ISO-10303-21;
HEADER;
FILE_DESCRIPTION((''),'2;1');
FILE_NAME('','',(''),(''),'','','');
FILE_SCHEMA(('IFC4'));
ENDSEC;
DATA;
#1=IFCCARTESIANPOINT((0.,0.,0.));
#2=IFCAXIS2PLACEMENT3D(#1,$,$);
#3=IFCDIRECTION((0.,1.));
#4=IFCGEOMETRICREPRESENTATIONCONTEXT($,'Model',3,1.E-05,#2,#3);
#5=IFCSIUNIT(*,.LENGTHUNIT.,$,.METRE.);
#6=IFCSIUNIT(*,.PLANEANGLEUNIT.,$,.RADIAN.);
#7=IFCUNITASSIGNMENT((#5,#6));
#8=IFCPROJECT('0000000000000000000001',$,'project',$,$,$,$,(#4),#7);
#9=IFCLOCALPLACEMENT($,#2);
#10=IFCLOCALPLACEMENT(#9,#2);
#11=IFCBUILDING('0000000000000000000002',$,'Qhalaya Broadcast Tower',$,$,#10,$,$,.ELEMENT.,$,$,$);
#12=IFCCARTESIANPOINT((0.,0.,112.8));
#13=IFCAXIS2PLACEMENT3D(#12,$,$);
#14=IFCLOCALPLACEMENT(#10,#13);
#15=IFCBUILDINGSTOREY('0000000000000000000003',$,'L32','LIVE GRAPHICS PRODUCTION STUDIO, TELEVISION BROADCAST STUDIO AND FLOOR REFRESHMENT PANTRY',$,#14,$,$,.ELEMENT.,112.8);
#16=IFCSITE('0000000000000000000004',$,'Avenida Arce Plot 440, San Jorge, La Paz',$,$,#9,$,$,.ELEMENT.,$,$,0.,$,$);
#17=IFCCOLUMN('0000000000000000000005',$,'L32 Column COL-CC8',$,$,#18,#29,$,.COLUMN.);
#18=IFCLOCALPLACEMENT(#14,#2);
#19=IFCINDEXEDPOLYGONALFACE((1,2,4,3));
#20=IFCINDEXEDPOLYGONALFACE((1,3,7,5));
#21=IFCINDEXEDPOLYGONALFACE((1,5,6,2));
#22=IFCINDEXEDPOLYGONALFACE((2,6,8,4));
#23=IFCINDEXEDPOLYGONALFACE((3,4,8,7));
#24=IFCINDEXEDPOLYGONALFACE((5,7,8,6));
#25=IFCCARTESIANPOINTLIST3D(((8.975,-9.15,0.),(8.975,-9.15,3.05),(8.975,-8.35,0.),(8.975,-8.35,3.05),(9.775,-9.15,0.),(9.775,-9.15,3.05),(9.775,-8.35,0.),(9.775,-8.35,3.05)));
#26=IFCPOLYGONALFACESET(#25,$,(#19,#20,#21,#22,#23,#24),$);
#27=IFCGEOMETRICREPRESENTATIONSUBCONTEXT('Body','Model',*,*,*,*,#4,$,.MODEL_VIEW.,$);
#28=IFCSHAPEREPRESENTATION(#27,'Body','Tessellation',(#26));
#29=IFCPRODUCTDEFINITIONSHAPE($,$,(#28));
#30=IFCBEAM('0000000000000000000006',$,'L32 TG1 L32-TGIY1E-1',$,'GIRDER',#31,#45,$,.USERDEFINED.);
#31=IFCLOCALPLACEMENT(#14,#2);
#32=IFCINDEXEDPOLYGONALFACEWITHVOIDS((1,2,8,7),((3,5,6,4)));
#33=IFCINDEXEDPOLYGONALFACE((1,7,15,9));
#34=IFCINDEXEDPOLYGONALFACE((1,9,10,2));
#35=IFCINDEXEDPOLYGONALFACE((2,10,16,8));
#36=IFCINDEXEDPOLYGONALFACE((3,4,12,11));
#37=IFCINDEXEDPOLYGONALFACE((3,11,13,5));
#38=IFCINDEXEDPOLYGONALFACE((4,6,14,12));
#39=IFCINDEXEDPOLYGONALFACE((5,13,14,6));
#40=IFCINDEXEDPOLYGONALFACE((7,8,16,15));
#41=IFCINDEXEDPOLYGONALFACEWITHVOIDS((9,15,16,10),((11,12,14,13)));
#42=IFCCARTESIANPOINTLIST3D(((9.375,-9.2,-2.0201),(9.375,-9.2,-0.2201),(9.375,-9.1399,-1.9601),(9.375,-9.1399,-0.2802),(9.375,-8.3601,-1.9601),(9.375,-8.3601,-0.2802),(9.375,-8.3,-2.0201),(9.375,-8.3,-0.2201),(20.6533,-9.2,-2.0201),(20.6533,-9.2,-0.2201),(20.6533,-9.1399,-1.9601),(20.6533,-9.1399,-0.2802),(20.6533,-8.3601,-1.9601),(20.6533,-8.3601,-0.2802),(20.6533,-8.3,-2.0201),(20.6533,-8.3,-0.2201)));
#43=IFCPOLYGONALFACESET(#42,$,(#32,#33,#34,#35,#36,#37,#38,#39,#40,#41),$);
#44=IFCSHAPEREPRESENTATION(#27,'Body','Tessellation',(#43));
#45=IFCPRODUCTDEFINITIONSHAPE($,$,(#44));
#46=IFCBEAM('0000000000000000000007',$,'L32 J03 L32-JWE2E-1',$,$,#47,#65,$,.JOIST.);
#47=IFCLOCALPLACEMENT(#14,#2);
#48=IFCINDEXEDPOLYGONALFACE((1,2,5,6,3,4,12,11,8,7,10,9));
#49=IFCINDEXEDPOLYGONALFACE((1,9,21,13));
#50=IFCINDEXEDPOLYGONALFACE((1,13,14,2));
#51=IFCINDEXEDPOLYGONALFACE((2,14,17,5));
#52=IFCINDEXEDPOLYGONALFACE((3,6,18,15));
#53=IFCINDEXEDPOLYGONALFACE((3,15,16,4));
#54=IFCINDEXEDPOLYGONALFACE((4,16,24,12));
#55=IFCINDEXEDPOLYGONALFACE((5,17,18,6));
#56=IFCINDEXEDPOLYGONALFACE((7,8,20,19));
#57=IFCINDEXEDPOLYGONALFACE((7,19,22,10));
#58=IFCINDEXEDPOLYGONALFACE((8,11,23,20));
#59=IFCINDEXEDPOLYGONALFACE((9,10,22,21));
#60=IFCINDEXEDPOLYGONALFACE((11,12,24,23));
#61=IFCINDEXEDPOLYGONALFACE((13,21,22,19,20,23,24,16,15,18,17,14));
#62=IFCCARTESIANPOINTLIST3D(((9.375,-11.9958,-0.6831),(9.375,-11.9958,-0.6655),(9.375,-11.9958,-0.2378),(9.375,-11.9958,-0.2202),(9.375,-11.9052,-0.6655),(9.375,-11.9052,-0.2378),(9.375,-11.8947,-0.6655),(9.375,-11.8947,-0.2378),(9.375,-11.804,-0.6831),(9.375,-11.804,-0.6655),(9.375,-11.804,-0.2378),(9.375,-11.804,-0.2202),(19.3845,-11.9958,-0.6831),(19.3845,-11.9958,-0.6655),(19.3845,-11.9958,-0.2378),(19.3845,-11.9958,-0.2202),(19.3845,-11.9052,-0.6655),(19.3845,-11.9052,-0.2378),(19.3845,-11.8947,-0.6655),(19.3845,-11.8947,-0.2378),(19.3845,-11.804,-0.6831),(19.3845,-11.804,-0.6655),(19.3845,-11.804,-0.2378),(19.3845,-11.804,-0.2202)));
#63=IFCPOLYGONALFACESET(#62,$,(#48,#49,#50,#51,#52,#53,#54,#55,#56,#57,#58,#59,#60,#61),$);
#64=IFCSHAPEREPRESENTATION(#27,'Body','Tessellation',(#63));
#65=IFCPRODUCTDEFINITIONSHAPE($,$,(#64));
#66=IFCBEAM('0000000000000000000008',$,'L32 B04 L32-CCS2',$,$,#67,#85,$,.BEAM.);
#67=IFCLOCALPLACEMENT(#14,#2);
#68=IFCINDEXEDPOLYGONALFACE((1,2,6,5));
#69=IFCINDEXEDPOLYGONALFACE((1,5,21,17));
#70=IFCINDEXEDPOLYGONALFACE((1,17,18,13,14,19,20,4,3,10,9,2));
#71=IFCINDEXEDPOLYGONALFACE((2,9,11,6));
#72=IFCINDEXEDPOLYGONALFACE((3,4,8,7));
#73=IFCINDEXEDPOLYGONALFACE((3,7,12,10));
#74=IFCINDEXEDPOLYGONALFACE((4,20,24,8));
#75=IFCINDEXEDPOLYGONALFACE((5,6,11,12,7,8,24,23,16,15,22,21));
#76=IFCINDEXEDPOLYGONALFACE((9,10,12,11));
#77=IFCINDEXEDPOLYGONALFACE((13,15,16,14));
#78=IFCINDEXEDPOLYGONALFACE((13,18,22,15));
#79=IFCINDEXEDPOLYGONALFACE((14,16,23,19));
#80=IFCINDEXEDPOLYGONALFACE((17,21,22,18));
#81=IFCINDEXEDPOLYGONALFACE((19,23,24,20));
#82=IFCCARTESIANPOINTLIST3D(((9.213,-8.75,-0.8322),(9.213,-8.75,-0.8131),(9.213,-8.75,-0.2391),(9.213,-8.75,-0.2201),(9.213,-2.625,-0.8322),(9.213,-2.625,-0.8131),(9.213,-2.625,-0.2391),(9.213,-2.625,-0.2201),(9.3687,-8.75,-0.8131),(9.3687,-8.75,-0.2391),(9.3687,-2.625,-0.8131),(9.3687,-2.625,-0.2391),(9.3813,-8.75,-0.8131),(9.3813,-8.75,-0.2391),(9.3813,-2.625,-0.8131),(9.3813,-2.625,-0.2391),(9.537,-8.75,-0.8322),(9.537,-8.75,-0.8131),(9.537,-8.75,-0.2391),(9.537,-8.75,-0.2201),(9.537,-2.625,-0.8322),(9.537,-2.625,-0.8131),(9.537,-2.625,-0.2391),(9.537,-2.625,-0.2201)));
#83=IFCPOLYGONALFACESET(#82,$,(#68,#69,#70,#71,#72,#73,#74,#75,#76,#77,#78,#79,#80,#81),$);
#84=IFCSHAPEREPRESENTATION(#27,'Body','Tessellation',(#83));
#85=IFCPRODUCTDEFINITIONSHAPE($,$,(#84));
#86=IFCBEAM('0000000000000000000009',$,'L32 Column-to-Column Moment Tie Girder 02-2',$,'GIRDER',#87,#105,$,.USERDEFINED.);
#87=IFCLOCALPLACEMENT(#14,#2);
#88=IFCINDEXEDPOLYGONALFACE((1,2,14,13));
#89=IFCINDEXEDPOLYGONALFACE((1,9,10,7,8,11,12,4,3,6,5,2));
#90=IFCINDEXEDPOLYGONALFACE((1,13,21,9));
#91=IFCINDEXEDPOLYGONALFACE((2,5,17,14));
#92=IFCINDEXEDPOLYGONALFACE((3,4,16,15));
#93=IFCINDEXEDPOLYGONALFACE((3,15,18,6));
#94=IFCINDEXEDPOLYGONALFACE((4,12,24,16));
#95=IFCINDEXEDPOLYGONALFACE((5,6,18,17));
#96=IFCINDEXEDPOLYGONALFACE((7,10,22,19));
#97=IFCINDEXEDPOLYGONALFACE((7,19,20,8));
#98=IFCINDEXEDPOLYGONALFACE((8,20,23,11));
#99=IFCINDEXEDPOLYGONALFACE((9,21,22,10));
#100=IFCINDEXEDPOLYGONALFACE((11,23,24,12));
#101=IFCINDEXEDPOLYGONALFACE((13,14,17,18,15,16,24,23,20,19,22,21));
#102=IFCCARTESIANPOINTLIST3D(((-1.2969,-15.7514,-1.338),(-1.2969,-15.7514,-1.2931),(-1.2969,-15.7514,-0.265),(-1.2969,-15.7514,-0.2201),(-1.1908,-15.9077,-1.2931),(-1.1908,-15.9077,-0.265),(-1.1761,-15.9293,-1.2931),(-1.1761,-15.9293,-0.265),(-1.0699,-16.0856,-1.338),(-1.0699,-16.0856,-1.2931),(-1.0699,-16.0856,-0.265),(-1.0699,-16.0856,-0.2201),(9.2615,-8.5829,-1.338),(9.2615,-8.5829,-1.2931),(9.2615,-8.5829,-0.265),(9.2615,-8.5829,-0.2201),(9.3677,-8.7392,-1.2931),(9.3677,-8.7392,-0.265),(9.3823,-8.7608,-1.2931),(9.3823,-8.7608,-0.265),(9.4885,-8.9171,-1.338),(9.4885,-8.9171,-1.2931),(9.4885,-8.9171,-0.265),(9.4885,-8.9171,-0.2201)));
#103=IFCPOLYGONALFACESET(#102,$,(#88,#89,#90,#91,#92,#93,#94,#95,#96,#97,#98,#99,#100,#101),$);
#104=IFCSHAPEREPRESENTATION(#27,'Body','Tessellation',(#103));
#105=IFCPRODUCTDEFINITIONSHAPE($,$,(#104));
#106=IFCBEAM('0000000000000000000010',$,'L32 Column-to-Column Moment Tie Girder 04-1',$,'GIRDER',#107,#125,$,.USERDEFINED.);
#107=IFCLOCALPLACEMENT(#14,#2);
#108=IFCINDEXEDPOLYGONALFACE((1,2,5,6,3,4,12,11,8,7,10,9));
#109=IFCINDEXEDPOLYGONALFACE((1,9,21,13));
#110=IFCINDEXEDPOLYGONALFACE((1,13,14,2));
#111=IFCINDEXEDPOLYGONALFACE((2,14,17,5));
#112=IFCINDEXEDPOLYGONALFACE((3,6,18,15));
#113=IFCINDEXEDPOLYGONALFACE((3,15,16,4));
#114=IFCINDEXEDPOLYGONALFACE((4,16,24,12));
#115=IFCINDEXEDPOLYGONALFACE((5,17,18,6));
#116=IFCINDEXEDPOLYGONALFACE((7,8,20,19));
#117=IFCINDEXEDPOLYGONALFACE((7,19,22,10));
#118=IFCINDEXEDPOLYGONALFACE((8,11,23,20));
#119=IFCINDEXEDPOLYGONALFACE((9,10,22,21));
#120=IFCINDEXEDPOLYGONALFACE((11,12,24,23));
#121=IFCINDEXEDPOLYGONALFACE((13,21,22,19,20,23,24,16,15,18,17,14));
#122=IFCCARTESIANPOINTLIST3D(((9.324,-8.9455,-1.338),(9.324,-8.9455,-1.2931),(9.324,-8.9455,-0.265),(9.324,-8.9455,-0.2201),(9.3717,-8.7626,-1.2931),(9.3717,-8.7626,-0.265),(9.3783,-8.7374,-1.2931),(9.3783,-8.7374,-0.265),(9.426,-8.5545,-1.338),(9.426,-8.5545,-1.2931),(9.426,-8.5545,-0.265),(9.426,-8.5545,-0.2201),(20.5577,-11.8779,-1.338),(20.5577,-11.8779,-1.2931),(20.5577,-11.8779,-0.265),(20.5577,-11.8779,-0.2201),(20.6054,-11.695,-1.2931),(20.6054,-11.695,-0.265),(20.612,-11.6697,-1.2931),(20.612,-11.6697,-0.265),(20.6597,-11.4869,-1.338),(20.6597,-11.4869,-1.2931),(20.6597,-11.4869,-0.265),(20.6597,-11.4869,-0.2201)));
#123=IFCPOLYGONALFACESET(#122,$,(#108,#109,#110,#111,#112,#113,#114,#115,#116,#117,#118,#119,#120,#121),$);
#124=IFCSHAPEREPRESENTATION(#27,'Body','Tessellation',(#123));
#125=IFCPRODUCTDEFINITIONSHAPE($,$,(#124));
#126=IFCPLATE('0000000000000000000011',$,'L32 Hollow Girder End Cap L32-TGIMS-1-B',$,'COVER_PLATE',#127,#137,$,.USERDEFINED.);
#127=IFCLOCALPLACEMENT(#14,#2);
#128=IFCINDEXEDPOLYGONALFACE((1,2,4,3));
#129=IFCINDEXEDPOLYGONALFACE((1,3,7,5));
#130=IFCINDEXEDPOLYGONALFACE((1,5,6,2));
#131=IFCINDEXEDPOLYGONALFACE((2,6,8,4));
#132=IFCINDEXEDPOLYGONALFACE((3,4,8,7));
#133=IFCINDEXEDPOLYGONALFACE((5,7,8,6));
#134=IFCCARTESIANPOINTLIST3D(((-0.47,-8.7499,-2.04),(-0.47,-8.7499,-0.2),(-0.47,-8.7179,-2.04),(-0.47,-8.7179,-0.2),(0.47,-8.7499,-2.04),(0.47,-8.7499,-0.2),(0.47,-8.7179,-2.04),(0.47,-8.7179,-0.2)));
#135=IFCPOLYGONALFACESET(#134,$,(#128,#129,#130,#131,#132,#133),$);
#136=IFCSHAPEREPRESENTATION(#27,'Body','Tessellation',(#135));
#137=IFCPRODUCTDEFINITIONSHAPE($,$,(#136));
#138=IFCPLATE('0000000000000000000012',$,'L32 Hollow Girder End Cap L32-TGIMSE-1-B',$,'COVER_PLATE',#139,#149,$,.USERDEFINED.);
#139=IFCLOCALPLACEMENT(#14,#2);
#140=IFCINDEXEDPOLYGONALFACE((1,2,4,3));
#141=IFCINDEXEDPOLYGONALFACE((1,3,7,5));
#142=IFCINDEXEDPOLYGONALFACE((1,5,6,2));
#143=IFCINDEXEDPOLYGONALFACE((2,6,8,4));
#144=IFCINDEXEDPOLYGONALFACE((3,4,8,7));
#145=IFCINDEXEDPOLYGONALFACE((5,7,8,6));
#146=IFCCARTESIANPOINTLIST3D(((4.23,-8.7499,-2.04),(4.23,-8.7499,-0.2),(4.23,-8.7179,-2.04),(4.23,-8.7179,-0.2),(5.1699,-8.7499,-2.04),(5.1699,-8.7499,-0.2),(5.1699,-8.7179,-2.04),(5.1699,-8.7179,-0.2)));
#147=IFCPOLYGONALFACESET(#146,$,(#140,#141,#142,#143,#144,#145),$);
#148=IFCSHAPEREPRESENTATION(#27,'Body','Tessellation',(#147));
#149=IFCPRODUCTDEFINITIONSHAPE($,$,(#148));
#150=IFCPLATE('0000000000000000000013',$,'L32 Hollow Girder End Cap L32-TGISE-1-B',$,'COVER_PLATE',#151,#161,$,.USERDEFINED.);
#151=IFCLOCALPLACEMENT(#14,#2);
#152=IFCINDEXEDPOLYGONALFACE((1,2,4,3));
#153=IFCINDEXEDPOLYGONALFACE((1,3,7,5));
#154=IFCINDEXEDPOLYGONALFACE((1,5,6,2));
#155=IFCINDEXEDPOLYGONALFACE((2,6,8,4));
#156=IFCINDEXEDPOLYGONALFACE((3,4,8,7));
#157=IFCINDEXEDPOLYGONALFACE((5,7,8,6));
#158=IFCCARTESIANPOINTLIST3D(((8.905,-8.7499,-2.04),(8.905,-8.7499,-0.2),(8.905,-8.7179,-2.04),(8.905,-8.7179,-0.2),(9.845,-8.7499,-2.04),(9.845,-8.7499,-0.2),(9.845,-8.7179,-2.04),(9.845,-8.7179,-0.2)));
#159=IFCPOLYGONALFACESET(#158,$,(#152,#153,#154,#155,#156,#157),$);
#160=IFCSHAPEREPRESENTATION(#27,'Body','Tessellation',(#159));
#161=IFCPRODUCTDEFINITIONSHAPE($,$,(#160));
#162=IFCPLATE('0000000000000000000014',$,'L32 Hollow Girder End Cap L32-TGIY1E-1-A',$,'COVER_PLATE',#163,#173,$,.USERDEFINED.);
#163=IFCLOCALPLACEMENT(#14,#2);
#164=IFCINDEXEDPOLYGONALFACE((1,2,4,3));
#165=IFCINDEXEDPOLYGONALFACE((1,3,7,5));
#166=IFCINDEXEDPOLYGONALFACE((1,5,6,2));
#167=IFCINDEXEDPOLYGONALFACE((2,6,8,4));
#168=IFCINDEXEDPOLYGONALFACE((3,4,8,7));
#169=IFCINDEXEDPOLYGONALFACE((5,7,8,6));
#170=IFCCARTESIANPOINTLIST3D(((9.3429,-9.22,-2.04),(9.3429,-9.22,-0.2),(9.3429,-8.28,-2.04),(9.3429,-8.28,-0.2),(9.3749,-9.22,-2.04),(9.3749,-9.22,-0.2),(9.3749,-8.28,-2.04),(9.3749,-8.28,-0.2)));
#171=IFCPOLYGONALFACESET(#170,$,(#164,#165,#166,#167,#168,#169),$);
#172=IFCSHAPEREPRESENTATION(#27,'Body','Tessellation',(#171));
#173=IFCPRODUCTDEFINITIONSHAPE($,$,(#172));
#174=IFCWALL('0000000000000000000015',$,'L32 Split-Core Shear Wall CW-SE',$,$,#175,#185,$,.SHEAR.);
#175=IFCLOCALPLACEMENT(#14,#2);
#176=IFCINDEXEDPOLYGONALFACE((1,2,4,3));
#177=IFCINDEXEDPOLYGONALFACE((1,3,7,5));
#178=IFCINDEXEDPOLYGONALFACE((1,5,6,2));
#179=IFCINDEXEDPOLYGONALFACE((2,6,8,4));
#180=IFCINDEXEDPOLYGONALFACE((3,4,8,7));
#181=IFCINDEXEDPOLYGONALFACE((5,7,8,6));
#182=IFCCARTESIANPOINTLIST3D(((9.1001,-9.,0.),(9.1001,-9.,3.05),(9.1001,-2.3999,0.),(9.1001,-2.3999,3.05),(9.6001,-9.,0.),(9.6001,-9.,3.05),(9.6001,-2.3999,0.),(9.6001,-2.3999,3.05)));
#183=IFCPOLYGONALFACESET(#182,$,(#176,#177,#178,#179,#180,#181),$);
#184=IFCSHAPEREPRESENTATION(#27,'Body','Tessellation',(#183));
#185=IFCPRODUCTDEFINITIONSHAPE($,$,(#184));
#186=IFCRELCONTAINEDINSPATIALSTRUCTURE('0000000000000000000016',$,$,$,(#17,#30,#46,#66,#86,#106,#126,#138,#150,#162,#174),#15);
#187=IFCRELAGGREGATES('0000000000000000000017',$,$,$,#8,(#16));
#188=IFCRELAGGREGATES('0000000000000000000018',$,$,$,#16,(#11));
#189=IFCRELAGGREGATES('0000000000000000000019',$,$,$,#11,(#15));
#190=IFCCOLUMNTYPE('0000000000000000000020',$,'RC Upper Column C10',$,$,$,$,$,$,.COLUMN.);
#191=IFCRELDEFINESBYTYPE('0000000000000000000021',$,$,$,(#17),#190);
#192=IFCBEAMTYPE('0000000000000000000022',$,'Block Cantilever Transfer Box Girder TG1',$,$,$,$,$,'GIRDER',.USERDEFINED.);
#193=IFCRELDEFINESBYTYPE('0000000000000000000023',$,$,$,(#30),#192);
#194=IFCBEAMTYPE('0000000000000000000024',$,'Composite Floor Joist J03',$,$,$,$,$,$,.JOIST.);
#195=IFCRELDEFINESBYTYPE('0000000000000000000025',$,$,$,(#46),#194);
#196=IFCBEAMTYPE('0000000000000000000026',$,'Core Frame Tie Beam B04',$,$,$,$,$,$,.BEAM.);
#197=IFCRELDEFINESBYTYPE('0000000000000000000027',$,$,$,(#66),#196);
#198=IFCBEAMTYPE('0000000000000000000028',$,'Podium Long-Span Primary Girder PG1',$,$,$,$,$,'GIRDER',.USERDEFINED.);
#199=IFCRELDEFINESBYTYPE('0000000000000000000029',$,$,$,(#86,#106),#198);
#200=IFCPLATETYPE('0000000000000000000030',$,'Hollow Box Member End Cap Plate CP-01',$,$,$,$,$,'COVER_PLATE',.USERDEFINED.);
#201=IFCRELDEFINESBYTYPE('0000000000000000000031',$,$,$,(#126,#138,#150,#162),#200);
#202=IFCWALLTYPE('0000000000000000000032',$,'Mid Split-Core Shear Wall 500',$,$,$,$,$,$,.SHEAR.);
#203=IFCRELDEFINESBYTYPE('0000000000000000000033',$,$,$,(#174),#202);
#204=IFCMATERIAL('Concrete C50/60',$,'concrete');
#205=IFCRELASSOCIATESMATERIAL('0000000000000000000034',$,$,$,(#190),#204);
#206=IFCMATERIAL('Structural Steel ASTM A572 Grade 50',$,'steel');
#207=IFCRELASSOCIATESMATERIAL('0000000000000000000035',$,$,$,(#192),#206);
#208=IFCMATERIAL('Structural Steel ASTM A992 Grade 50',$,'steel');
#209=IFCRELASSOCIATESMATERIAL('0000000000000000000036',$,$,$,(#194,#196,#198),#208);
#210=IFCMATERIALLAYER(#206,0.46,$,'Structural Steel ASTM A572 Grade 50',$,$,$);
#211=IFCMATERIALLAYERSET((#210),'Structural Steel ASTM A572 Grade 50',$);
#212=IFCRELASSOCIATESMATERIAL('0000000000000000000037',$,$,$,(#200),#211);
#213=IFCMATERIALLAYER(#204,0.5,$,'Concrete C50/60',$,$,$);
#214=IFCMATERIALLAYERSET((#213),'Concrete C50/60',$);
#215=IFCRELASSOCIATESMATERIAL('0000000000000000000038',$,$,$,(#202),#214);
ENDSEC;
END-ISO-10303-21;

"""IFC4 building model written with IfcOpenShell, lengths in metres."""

from ifc_helpers import new_model, si_unit, direction, frame, frame_2d, origin, origin_2d, place, context, subcontext, project, spatial, rectangle, hollow_rectangle, i_section, extrude, material, layer, layer_set, material_profile, profile_set, type_object, element, save


model = new_model("IFC4")

# Units and contexts
model_context = context("Model", 3, precision=1e-05, world=origin(), true_north=direction((0.0, 1.0)))
body_context = subcontext(model_context, "Body", "Model", "MODEL_VIEW")
ifc_project = project(units=[si_unit("LENGTHUNIT", "METRE"), si_unit("PLANEANGLEUNIT", "RADIAN")], contexts=[model_context])

# Site, building, storey
site_placement = place(None, origin())
site = spatial("IfcSite", under=ifc_project, at=site_placement, Name="Avenida Arce Plot 440, San Jorge, La Paz", CompositionType="ELEMENT", RefElevation=0.0)
building_placement = place(site_placement, origin())
building = spatial("IfcBuilding", under=site, at=building_placement, Name="Qhalaya Broadcast Tower", CompositionType="ELEMENT")
storey_placement = place(building_placement, frame((0.0, 0.0, 112.8)))
storey = spatial("IfcBuildingStorey", under=building, at=storey_placement, Name="L32", Description="LIVE GRAPHICS PRODUCTION STUDIO, TELEVISION BROADCAST STUDIO AND FLOOR REFRESHMENT PANTRY", CompositionType="ELEMENT", Elevation=112.8)

# Column
ifc_material_1 = material(Name="Concrete C50/60", Category="concrete")
ifc_material_profile_1 = material_profile(ifc_material_1, rectangle(XDim=0.8, YDim=0.8, at=origin_2d()), Name="RC-COL 800x800")
ifc_profile_set_1 = profile_set([ifc_material_profile_1], Name="Concrete C50/60")
column_type = type_object("IfcColumnType", Name="RC Upper Column C10", PredefinedType="COLUMN", material=ifc_profile_set_1)
column_placement = place(storey_placement, frame((9.375, -8.75, 0.0), z_axis=(0.0, 0.0, 1.0), x_axis=(1.0, 0.0, 0.0)))
element("IfcColumn", 1, at=column_placement, inside=storey, type_object=column_type, Name="L32 Column COL-CC8", PredefinedType="COLUMN", context=body_context, shape_type="SweptSolid", body=[
    extrude(rectangle(XDim=0.8, YDim=0.8, at=origin_2d()), origin(), (0.0, 0.0, 1.0), 3.05),
])

# Beams
ifc_material_2 = material(Name="Structural Steel ASTM A572 Grade 50", Category="steel")
ifc_material_profile_2 = material_profile(ifc_material_2, hollow_rectangle(XDim=0.8999, YDim=1.8, WallThickness=0.0601, at=origin_2d()), Name="BOX 900x1800x60")
ifc_profile_set_2 = profile_set([ifc_material_profile_2], Name="Structural Steel ASTM A572 Grade 50")
beam_type_1 = type_object("IfcBeamType", Name="Block Cantilever Transfer Box Girder TG1", ElementType="GIRDER", PredefinedType="USERDEFINED", material=ifc_profile_set_2)
beam_1_placement = place(storey_placement, frame((9.375, -8.75, -1.1201), z_axis=(1.0, 0.0, 0.0), x_axis=(0.0, 1.0, 0.0)))
element("IfcBeam", 2, at=beam_1_placement, inside=storey, type_object=beam_type_1, Name="L32 TG1 L32-TGIY1E-1", ObjectType="GIRDER", PredefinedType="USERDEFINED", context=body_context, shape_type="SweptSolid", body=[
    extrude(hollow_rectangle(XDim=0.8999, YDim=1.8, WallThickness=0.0601, at=origin_2d()), origin(), (0.0, 0.0, 1.0), 11.2783),
])
ifc_material_3 = material(Name="Structural Steel ASTM A992 Grade 50", Category="steel")
ifc_material_profile_3 = material_profile(ifc_material_3, i_section(OverallWidth=0.1919, OverallDepth=0.4629, WebThickness=0.0105, FlangeThickness=0.0176, at=origin_2d()), Name="W18X60")
ifc_profile_set_3 = profile_set([ifc_material_profile_3], Name="Structural Steel ASTM A992 Grade 50")
beam_type_2 = type_object("IfcBeamType", Name="Composite Floor Joist J03", PredefinedType="JOIST", material=ifc_profile_set_3)
beam_2_placement = place(storey_placement, frame((9.375, -11.8999, -0.4517), z_axis=(1.0, 0.0, 0.0), x_axis=(0.0, 1.0, 0.0)))
element("IfcBeam", 3, at=beam_2_placement, inside=storey, type_object=beam_type_2, Name="L32 J03 L32-JWE2E-1", PredefinedType="JOIST", context=body_context, shape_type="SweptSolid", body=[
    extrude(i_section(OverallWidth=0.1919, OverallDepth=0.4629, WebThickness=0.0105, FlangeThickness=0.0176, at=origin_2d()), origin(), (0.0, 0.0, 1.0), 10.0095),
])
ifc_material_profile_4 = material_profile(ifc_material_3, i_section(OverallWidth=0.324, OverallDepth=0.6121, WebThickness=0.0127, FlangeThickness=0.019, at=origin_2d()), Name="W24X104")
ifc_profile_set_4 = profile_set([ifc_material_profile_4], Name="Structural Steel ASTM A992 Grade 50")
beam_type_3 = type_object("IfcBeamType", Name="Core Frame Tie Beam B04", PredefinedType="BEAM", material=ifc_profile_set_4)
beam_3_placement = place(storey_placement, frame((9.375, -8.75, -0.5261), z_axis=(0.0, 1.0, 0.0), x_axis=(-1.0, 0.0, 0.0)))
element("IfcBeam", 4, at=beam_3_placement, inside=storey, type_object=beam_type_3, Name="L32 B04 L32-CCS2", PredefinedType="BEAM", context=body_context, shape_type="SweptSolid", body=[
    extrude(i_section(OverallWidth=0.324, OverallDepth=0.6121, WebThickness=0.0127, FlangeThickness=0.019, at=origin_2d()), origin(), (0.0, 0.0, 1.0), 6.125),
])
ifc_material_profile_5 = material_profile(ifc_material_3, i_section(OverallWidth=0.4041, OverallDepth=1.1179, WebThickness=0.0261, FlangeThickness=0.0449, at=origin_2d()), Name="W44X335")
ifc_profile_set_5 = profile_set([ifc_material_profile_5], Name="Structural Steel ASTM A992 Grade 50")
beam_type_4 = type_object("IfcBeamType", Name="Podium Long-Span Primary Girder PG1", ElementType="GIRDER", PredefinedType="USERDEFINED", material=ifc_profile_set_5)
beam_4_placement = place(storey_placement, frame((9.375, -8.75, -0.7791), z_axis=(-0.827335, -0.561709, 0.0), x_axis=(0.561709, -0.827335, 0.0)))
element("IfcBeam", 5, at=beam_4_placement, inside=storey, type_object=beam_type_4, Name="L32 Column-to-Column Moment Tie Girder 02-2", ObjectType="GIRDER", PredefinedType="USERDEFINED", context=body_context, shape_type="SweptSolid", body=[
    extrude(i_section(OverallWidth=0.4041, OverallDepth=1.1179, WebThickness=0.0261, FlangeThickness=0.0449, at=origin_2d()), origin(), (0.0, 0.0, 1.0), 12.762),
])
beam_5_placement = place(storey_placement, frame((9.375, -8.75, -0.7791), z_axis=(0.967578, -0.252572, 0.0), x_axis=(0.252572, 0.967578, 0.0)))
element("IfcBeam", 6, at=beam_5_placement, inside=storey, type_object=beam_type_4, Name="L32 Column-to-Column Moment Tie Girder 04-1", ObjectType="GIRDER", PredefinedType="USERDEFINED", context=body_context, shape_type="SweptSolid", body=[
    extrude(i_section(OverallWidth=0.4041, OverallDepth=1.1179, WebThickness=0.0261, FlangeThickness=0.0449, at=origin_2d()), origin(), (0.0, 0.0, 1.0), 11.6101),
])

# Plates
ifc_layer_1 = layer(ifc_material_2, 0.46, Name="Structural Steel ASTM A572 Grade 50")
ifc_layer_set_1 = layer_set([ifc_layer_1], Name="Structural Steel ASTM A572 Grade 50")
plate_type = type_object("IfcPlateType", Name="Hollow Box Member End Cap Plate CP-01", ElementType="COVER_PLATE", PredefinedType="USERDEFINED", material=ifc_layer_set_1)
for number, where, z_axis, x_axis, name in (
    (7, (0.0, -8.7339, -2.04), (0.0, 0.0, 1.0), (-1.0, 0.0, 0.0), "L32 Hollow Girder End Cap L32-TGIMS-1-B"),
    (8, (4.7, -8.7339, -2.04), (0.0, 0.0, 1.0), (-1.0, 0.0, 0.0), "L32 Hollow Girder End Cap L32-TGIMSE-1-B"),
    (9, (9.375, -8.7339, -2.04), (0.0, 0.0, 1.0), (-1.0, 0.0, 0.0), "L32 Hollow Girder End Cap L32-TGISE-1-B"),
    (10, (9.3589, -8.75, -2.04), (0.0, 0.0, 1.0), (0.0, 1.0, 0.0), "L32 Hollow Girder End Cap L32-TGIY1E-1-A"),
):
    element("IfcPlate", number, at=place(storey_placement, frame(where, z_axis=z_axis, x_axis=x_axis)), inside=storey, type_object=plate_type, Name=name, ObjectType="COVER_PLATE", PredefinedType="USERDEFINED", context=body_context, shape_type="SweptSolid", body=[
        extrude(rectangle(XDim=0.9399, YDim=0.032, at=origin_2d()), origin(), (0.0, 0.0, 1.0), 1.8401),
    ])

# Wall
ifc_layer_2 = layer(ifc_material_1, 0.5, Name="Concrete C50/60")
ifc_layer_set_2 = layer_set([ifc_layer_2], Name="Concrete C50/60")
wall_type_1 = type_object("IfcWallType", Name="Mid Split-Core Shear Wall 500", PredefinedType="SHEAR", material=ifc_layer_set_2)
wall_1_placement = place(storey_placement, frame((9.3501, -9.0, 0.0), z_axis=(0.0, 0.0, 1.0), x_axis=(0.0, 1.0, 0.0)))
element("IfcWall", 11, at=wall_1_placement, inside=storey, type_object=wall_type_1, Name="L32 Split-Core Shear Wall CW-SE", PredefinedType="SHEAR", context=body_context, shape_type="SweptSolid", body=[
    extrude(rectangle(XDim=6.6001, YDim=0.5, at=frame_2d((3.3, 0.0))), origin(), (0.0, 0.0, 1.0), 3.05),
])

save(model, "model.ifc")
